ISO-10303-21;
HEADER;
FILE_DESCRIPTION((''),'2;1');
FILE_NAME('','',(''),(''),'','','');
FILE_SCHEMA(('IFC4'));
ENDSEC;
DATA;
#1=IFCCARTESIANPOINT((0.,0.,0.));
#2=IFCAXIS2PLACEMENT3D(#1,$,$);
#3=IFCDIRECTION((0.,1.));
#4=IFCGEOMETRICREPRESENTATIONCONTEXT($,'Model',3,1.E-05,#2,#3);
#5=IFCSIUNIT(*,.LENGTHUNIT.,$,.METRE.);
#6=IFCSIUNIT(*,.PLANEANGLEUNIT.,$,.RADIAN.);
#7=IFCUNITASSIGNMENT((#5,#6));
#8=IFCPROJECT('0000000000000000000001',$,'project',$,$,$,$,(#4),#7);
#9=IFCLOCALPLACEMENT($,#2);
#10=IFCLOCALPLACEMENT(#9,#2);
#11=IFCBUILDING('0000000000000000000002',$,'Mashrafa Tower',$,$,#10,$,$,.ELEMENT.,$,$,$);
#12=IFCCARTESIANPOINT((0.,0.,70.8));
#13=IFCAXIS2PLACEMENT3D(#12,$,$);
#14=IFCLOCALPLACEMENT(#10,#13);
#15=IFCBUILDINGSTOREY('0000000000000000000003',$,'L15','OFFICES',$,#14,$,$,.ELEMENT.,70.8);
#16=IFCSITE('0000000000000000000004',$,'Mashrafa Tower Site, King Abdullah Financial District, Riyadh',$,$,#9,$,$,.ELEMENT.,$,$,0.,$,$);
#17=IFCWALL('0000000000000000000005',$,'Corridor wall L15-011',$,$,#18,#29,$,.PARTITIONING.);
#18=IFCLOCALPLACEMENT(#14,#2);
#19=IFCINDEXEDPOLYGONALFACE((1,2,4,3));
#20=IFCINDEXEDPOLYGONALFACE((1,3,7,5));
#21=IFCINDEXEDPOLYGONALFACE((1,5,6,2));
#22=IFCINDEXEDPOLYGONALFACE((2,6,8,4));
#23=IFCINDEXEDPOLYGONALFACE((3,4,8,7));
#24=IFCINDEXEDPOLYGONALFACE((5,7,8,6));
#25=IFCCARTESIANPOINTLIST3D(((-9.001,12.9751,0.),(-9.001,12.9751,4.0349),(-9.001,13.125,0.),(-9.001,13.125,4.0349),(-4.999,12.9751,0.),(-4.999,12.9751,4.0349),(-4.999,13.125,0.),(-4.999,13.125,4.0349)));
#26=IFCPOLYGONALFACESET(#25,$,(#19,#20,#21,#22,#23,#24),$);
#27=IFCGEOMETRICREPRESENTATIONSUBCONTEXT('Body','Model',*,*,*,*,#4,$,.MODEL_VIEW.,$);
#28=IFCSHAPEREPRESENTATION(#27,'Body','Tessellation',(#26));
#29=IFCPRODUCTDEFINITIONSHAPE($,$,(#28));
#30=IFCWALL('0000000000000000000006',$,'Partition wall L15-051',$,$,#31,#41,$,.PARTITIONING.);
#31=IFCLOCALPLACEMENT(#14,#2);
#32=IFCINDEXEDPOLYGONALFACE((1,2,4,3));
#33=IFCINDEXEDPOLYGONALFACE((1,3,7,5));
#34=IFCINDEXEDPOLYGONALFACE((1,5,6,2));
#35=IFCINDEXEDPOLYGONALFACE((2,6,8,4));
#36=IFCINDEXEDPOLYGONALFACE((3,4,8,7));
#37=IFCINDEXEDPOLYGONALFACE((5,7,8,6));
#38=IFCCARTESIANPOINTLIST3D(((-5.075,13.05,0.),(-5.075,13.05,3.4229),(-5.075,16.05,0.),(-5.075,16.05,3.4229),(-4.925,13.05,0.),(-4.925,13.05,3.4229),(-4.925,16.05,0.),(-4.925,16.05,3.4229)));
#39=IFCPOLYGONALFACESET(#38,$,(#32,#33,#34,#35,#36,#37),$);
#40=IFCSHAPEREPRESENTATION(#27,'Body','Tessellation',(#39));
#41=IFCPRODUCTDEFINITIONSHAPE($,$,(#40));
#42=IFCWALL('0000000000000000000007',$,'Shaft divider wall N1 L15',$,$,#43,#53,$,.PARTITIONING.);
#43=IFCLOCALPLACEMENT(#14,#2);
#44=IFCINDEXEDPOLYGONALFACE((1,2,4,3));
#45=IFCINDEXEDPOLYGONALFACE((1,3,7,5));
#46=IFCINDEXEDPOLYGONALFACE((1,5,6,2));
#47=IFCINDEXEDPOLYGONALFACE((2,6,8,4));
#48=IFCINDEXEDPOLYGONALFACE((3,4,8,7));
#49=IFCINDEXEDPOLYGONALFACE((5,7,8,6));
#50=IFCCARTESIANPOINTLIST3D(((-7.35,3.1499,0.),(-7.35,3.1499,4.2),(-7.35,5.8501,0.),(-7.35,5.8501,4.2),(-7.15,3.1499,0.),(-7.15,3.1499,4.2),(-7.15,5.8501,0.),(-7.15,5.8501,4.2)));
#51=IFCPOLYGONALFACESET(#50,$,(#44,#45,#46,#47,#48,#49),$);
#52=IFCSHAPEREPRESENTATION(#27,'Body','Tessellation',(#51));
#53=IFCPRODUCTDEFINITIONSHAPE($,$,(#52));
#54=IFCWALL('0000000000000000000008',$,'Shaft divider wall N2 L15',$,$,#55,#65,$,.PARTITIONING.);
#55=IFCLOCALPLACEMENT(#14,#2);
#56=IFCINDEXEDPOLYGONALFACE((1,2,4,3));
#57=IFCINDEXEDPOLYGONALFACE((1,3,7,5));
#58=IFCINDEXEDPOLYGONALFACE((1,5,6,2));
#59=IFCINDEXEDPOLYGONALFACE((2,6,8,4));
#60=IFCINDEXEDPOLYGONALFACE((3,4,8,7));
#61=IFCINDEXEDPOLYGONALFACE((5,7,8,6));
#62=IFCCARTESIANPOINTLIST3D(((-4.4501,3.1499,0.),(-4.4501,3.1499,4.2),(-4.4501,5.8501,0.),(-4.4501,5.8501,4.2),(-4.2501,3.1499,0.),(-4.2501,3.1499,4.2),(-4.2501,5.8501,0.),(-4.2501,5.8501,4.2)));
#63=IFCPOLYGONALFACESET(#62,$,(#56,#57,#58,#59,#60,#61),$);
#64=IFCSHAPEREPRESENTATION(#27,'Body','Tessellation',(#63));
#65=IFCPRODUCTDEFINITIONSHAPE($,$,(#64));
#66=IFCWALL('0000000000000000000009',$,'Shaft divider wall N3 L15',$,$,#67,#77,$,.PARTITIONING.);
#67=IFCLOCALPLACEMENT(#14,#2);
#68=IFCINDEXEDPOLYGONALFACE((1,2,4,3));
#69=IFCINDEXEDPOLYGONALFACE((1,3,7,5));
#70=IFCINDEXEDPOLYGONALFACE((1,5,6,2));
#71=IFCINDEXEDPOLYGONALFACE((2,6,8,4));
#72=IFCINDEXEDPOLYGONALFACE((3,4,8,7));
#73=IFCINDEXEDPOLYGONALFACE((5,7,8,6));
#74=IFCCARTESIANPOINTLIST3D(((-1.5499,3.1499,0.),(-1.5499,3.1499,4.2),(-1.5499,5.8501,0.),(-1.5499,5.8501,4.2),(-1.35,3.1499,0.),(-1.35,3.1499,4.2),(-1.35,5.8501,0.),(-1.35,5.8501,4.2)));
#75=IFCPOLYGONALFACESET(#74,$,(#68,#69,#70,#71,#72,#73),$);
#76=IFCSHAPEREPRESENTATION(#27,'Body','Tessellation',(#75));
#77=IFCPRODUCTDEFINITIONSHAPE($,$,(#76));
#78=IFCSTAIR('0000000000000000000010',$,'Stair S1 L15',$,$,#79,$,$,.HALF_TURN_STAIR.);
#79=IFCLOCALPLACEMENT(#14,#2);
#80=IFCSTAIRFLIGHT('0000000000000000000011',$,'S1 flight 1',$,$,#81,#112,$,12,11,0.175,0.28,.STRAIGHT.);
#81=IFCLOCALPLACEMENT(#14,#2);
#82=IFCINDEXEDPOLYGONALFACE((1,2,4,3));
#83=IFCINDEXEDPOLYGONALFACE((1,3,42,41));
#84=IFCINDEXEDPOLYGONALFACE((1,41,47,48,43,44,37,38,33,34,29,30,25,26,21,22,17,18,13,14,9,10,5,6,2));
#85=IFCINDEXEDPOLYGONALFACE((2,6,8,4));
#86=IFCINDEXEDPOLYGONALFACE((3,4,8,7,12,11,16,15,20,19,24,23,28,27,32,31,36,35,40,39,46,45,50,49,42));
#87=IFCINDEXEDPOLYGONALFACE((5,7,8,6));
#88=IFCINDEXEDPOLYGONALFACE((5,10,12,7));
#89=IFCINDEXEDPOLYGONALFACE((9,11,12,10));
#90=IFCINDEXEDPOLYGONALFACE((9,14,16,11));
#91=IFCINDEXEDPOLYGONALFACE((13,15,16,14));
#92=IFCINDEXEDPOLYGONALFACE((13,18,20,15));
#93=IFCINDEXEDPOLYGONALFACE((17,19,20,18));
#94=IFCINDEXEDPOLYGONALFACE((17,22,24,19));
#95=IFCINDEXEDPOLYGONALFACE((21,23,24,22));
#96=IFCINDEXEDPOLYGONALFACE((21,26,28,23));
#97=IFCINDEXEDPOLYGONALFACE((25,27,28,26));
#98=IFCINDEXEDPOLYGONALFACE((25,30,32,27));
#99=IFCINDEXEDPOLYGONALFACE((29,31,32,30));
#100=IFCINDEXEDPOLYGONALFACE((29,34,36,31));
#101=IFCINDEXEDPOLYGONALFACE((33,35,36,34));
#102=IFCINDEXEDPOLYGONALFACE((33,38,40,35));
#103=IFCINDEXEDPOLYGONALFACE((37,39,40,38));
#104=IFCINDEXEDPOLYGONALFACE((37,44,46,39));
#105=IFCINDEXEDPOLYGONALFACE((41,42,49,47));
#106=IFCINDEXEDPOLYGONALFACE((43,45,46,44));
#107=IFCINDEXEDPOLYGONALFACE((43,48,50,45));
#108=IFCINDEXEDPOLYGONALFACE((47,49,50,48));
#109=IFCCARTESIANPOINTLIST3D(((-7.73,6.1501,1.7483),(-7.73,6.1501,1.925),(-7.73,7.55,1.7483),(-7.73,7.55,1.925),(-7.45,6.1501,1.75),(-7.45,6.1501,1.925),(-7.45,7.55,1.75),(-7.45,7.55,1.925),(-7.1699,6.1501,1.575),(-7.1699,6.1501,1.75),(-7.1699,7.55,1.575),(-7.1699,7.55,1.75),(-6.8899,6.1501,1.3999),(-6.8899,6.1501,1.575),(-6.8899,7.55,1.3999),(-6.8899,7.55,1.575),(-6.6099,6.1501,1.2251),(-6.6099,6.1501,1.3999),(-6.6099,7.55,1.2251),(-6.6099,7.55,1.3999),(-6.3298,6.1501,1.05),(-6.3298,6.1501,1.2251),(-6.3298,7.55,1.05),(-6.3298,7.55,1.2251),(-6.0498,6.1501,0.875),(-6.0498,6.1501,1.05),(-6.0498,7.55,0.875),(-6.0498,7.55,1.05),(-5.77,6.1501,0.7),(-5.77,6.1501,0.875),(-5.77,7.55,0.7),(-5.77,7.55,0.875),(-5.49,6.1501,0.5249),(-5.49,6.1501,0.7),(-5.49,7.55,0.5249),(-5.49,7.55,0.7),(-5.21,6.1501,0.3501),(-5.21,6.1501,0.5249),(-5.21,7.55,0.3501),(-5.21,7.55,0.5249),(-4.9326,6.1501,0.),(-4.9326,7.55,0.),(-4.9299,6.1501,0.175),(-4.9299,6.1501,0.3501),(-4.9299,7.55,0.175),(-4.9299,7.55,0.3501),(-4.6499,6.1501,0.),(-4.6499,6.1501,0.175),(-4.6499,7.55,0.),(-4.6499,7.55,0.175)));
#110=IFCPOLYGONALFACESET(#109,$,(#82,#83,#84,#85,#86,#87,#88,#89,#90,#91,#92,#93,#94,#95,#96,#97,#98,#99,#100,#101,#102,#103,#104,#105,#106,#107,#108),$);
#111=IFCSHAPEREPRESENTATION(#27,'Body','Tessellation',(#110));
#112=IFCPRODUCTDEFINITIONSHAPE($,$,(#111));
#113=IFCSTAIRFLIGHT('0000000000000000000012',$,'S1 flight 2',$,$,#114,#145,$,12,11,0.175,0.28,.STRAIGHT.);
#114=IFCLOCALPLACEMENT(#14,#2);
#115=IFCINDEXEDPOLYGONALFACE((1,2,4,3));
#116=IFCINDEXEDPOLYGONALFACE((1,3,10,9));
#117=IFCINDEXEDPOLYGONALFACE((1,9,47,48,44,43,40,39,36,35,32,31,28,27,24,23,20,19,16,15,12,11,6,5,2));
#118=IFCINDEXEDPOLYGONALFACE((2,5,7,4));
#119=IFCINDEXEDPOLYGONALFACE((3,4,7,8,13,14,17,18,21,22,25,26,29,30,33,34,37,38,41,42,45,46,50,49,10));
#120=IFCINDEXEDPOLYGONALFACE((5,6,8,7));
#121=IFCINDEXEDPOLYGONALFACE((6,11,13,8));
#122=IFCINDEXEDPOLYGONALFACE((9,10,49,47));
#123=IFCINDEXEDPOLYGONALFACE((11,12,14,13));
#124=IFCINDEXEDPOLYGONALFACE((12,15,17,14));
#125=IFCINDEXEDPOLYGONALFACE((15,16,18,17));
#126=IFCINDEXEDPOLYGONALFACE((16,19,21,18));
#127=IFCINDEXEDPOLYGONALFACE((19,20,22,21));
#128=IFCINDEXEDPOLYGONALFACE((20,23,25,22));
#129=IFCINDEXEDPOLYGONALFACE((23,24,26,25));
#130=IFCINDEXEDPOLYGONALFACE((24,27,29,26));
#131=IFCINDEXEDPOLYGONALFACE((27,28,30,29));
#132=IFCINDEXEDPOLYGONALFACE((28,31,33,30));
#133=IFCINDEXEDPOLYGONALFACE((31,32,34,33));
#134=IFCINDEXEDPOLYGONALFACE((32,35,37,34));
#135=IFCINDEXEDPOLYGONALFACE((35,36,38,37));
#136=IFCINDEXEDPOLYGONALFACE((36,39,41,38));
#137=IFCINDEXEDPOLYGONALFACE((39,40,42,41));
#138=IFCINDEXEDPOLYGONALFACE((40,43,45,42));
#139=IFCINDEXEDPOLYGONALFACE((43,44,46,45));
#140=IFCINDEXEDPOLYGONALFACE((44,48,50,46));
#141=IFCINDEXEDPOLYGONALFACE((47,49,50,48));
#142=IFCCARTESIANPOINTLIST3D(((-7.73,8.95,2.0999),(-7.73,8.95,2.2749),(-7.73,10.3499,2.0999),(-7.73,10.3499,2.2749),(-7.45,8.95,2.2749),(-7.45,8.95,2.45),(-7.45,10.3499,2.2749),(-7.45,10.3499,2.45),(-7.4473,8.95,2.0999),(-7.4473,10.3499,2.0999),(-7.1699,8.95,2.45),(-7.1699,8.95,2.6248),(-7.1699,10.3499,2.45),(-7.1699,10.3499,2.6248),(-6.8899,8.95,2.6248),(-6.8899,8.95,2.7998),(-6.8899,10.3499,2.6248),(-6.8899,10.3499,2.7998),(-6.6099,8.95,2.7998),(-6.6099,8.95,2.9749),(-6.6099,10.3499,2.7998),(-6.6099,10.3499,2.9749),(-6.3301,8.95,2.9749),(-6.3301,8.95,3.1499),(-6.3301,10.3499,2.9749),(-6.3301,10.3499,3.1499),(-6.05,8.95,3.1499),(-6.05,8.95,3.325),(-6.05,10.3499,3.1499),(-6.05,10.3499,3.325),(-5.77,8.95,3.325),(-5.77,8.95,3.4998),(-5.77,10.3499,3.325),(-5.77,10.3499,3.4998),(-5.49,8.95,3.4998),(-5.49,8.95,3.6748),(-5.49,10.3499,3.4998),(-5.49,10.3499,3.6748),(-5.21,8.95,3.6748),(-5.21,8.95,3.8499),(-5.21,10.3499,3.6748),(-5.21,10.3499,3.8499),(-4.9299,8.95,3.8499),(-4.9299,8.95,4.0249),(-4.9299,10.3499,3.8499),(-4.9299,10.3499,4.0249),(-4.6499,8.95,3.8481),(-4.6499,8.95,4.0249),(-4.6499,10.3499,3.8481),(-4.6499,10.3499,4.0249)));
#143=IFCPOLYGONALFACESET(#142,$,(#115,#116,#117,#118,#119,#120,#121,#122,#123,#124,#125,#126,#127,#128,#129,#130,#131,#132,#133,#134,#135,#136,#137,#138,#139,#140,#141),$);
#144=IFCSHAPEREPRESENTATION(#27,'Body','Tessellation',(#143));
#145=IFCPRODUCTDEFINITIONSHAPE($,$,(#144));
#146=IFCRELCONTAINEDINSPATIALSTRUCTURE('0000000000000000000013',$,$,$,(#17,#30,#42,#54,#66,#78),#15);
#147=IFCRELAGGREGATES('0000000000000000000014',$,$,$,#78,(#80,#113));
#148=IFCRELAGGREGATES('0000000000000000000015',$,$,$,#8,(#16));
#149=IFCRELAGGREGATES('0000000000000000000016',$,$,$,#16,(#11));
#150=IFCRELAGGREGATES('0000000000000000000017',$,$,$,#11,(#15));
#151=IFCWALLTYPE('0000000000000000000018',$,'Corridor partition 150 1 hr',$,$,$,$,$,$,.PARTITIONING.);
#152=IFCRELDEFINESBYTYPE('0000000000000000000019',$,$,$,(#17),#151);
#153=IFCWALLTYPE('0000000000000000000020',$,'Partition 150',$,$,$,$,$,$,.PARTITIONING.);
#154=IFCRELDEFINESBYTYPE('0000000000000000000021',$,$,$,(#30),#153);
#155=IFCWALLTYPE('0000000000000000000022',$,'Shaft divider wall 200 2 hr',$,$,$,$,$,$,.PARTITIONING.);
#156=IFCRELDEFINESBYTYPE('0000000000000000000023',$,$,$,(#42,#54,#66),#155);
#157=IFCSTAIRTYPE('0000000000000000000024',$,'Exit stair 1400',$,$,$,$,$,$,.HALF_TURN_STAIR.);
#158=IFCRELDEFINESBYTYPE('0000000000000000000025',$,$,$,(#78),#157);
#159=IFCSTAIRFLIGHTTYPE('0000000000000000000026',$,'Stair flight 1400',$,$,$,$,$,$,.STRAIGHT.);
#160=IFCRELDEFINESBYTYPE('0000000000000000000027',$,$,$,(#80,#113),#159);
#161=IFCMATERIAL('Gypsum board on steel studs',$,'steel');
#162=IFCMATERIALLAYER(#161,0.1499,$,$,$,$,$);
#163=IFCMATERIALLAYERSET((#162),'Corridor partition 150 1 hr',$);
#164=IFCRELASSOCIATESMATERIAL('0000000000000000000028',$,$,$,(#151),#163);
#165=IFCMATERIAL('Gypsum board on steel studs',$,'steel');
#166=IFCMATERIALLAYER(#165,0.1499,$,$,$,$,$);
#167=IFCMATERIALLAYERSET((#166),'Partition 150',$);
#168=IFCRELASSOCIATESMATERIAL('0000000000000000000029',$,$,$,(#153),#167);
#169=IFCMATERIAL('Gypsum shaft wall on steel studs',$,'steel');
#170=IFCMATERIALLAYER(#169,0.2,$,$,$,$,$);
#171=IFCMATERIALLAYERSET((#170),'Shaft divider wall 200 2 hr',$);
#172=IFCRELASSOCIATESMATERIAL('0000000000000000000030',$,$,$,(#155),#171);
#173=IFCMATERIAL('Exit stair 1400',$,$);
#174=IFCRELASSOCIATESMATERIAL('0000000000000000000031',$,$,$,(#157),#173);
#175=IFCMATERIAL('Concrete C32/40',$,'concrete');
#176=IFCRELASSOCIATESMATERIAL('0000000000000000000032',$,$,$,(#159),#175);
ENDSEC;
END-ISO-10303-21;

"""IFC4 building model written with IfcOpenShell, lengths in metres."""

from ifc_helpers import new_model, si_unit, direction, frame, frame_2d, origin, place, context, subcontext, project, spatial, polyline, rectangle, outline, extrude, material, layer, layer_set, type_object, element, aggregate, save


model = new_model("IFC4")

# Units and contexts
model_context = context("Model", 3, precision=1e-05, world=origin(), true_north=direction((0.0, 1.0)))
body_context = subcontext(model_context, "Body", "Model", "MODEL_VIEW")
ifc_project = project(units=[si_unit("LENGTHUNIT", "METRE"), si_unit("PLANEANGLEUNIT", "RADIAN")], contexts=[model_context])

# Site, building, storey
site_placement = place(None, origin())
site = spatial("IfcSite", under=ifc_project, at=site_placement, Name="Mashrafa Tower Site, King Abdullah Financial District, Riyadh", CompositionType="ELEMENT", RefElevation=0.0)
building_placement = place(site_placement, origin())
building = spatial("IfcBuilding", under=site, at=building_placement, Name="Mashrafa Tower", CompositionType="ELEMENT")
storey_placement = place(building_placement, frame((0.0, 0.0, 70.8)))
storey = spatial("IfcBuildingStorey", under=building, at=storey_placement, Name="L15", Description="OFFICES", CompositionType="ELEMENT", Elevation=70.8)

# Walls
ifc_material_1 = material(Name="Gypsum board on steel studs", Category="steel")
ifc_layer_1 = layer(ifc_material_1, 0.1499)
ifc_layer_set_1 = layer_set([ifc_layer_1], Name="Corridor partition 150 1 hr")
wall_type_1 = type_object("IfcWallType", Name="Corridor partition 150 1 hr", PredefinedType="PARTITIONING", material=ifc_layer_set_1)
wall_1_placement = place(storey_placement, frame((-4.999, 13.05, 0.0), z_axis=(0.0, 0.0, 1.0), x_axis=(-1.0, 0.0, 0.0)))
element("IfcWall", 1, at=wall_1_placement, inside=storey, type_object=wall_type_1, Name="Corridor wall L15-011", PredefinedType="PARTITIONING", context=body_context, shape_type="SweptSolid", body=[
    extrude(rectangle(XDim=4.002, YDim=0.1499, at=frame_2d((2.001, 0.0))), origin(), (0.0, 0.0, 1.0), 4.0349),
])
ifc_material_2 = material(Name="Gypsum board on steel studs", Category="steel")
ifc_layer_2 = layer(ifc_material_2, 0.1499)
ifc_layer_set_2 = layer_set([ifc_layer_2], Name="Partition 150")
wall_type_2 = type_object("IfcWallType", Name="Partition 150", PredefinedType="PARTITIONING", material=ifc_layer_set_2)
wall_2_placement = place(storey_placement, frame((-5.0, 13.05, 0.0), z_axis=(0.0, 0.0, 1.0), x_axis=(0.0, 1.0, 0.0)))
element("IfcWall", 2, at=wall_2_placement, inside=storey, type_object=wall_type_2, Name="Partition wall L15-051", PredefinedType="PARTITIONING", context=body_context, shape_type="SweptSolid", body=[
    extrude(rectangle(XDim=3.0, YDim=0.1499, at=frame_2d((1.5, 0.0))), origin(), (0.0, 0.0, 1.0), 3.4229),
])
ifc_material_3 = material(Name="Gypsum shaft wall on steel studs", Category="steel")
ifc_layer_3 = layer(ifc_material_3, 0.2)
ifc_layer_set_3 = layer_set([ifc_layer_3], Name="Shaft divider wall 200 2 hr")
wall_type_3 = type_object("IfcWallType", Name="Shaft divider wall 200 2 hr", PredefinedType="PARTITIONING", material=ifc_layer_set_3)
for number, where, z_axis, x_axis, name in (
    (3, (-7.25, 3.1499, 0.0), (0.0, 0.0, 1.0), (0.0, 1.0, 0.0), "Shaft divider wall N1 L15"),
    (4, (-4.3501, 3.1499, 0.0), (0.0, 0.0, 1.0), (0.0, 1.0, 0.0), "Shaft divider wall N2 L15"),
    (5, (-1.45, 3.1499, 0.0), (0.0, 0.0, 1.0), (0.0, 1.0, 0.0), "Shaft divider wall N3 L15"),
):
    element("IfcWall", number, at=place(storey_placement, frame(where, z_axis=z_axis, x_axis=x_axis)), inside=storey, type_object=wall_type_3, Name=name, PredefinedType="PARTITIONING", context=body_context, shape_type="SweptSolid", body=[
        extrude(rectangle(XDim=2.7002, YDim=0.2, at=frame_2d((1.3501, 0.0))), origin(), (0.0, 0.0, 1.0), 4.2),
    ])

# Stair, stair flights
ifc_material_4 = material(Name="Exit stair 1400")
stair_type = type_object("IfcStairType", Name="Exit stair 1400", PredefinedType="HALF_TURN_STAIR", material=ifc_material_4)
stair_placement = place(storey_placement, origin())
stair = element("IfcStair", 6, at=stair_placement, inside=storey, type_object=stair_type, Name="Stair S1 L15", PredefinedType="HALF_TURN_STAIR")
ifc_material_5 = material(Name="Concrete C32/40", Category="concrete")
stair_flight_type = type_object("IfcStairFlightType", Name="Stair flight 1400", PredefinedType="STRAIGHT", material=ifc_material_5)
stair_flight_1_placement = place(storey_placement, frame((-4.6499, 6.8501, 0.0), z_axis=(0.0, 0.0, 1.0), x_axis=(-1.0, 0.0, 0.0)))
stair_flight_1 = element("IfcStairFlight", 7, at=stair_flight_1_placement, type_object=stair_flight_type, Name="S1 flight 1", NumberOfRisers=12, NumberOfTreads=11, PredefinedType="STRAIGHT", RiserHeight=0.175, TreadLength=0.28, context=body_context, shape_type="SweptSolid", body=[
    extrude(outline(polyline([(0.0, 0.0), (0.0, 0.175), (0.28, 0.175), (0.28, 0.3501), (0.5601, 0.3501), (0.5601, 0.5249), (0.8401, 0.5249), (0.8401, 0.7), (1.1201, 0.7), (1.1201, 0.875), (1.3999, 0.875), (1.3999, 1.05), (1.6799, 1.05), (1.6799, 1.2251), (1.96, 1.2251), (1.96, 1.3999), (2.24, 1.3999), (2.24, 1.575), (2.52, 1.575), (2.52, 1.75), (2.8, 1.75), (2.8, 1.925), (3.0801, 1.925), (3.0801, 2.1001), (3.0801, 1.7483), (0.2827, 0.0), (0.0, 0.0)])), frame((0.0, 0.7, 0.0), z_axis=(0.0, -1.0, 0.0), x_axis=(1.0, 0.0, 0.0)), (0.0, 0.0, 1.0), 1.3999),
])
stair_flight_2_placement = place(storey_placement, frame((-7.73, 9.6499, 2.0999), z_axis=(0.0, 0.0, 1.0), x_axis=(1.0, 0.0, 0.0)))
stair_flight_2 = element("IfcStairFlight", 8, at=stair_flight_2_placement, type_object=stair_flight_type, Name="S1 flight 2", NumberOfRisers=12, NumberOfTreads=11, PredefinedType="STRAIGHT", RiserHeight=0.175, TreadLength=0.28, context=body_context, shape_type="SweptSolid", body=[
    extrude(outline(polyline([(0.0, 0.0), (0.0, 0.175), (0.28, 0.175), (0.28, 0.3501), (0.5601, 0.3501), (0.5601, 0.5249), (0.8401, 0.5249), (0.8401, 0.7), (1.1201, 0.7), (1.1201, 0.875), (1.3999, 0.875), (1.3999, 1.05), (1.6799, 1.05), (1.6799, 1.2251), (1.96, 1.2251), (1.96, 1.3999), (2.24, 1.3999), (2.24, 1.575), (2.52, 1.575), (2.52, 1.75), (2.8, 1.75), (2.8, 1.925), (3.0801, 1.925), (3.0801, 2.1001), (3.0801, 1.7483), (0.2827, 0.0), (0.0, 0.0)])), frame((0.0, 0.7, 0.0), z_axis=(0.0, -1.0, 0.0), x_axis=(1.0, 0.0, 0.0)), (0.0, 0.0, 1.0), 1.3999),
])
aggregate(stair, [stair_flight_1, stair_flight_2])

save(model, "model.ifc")
